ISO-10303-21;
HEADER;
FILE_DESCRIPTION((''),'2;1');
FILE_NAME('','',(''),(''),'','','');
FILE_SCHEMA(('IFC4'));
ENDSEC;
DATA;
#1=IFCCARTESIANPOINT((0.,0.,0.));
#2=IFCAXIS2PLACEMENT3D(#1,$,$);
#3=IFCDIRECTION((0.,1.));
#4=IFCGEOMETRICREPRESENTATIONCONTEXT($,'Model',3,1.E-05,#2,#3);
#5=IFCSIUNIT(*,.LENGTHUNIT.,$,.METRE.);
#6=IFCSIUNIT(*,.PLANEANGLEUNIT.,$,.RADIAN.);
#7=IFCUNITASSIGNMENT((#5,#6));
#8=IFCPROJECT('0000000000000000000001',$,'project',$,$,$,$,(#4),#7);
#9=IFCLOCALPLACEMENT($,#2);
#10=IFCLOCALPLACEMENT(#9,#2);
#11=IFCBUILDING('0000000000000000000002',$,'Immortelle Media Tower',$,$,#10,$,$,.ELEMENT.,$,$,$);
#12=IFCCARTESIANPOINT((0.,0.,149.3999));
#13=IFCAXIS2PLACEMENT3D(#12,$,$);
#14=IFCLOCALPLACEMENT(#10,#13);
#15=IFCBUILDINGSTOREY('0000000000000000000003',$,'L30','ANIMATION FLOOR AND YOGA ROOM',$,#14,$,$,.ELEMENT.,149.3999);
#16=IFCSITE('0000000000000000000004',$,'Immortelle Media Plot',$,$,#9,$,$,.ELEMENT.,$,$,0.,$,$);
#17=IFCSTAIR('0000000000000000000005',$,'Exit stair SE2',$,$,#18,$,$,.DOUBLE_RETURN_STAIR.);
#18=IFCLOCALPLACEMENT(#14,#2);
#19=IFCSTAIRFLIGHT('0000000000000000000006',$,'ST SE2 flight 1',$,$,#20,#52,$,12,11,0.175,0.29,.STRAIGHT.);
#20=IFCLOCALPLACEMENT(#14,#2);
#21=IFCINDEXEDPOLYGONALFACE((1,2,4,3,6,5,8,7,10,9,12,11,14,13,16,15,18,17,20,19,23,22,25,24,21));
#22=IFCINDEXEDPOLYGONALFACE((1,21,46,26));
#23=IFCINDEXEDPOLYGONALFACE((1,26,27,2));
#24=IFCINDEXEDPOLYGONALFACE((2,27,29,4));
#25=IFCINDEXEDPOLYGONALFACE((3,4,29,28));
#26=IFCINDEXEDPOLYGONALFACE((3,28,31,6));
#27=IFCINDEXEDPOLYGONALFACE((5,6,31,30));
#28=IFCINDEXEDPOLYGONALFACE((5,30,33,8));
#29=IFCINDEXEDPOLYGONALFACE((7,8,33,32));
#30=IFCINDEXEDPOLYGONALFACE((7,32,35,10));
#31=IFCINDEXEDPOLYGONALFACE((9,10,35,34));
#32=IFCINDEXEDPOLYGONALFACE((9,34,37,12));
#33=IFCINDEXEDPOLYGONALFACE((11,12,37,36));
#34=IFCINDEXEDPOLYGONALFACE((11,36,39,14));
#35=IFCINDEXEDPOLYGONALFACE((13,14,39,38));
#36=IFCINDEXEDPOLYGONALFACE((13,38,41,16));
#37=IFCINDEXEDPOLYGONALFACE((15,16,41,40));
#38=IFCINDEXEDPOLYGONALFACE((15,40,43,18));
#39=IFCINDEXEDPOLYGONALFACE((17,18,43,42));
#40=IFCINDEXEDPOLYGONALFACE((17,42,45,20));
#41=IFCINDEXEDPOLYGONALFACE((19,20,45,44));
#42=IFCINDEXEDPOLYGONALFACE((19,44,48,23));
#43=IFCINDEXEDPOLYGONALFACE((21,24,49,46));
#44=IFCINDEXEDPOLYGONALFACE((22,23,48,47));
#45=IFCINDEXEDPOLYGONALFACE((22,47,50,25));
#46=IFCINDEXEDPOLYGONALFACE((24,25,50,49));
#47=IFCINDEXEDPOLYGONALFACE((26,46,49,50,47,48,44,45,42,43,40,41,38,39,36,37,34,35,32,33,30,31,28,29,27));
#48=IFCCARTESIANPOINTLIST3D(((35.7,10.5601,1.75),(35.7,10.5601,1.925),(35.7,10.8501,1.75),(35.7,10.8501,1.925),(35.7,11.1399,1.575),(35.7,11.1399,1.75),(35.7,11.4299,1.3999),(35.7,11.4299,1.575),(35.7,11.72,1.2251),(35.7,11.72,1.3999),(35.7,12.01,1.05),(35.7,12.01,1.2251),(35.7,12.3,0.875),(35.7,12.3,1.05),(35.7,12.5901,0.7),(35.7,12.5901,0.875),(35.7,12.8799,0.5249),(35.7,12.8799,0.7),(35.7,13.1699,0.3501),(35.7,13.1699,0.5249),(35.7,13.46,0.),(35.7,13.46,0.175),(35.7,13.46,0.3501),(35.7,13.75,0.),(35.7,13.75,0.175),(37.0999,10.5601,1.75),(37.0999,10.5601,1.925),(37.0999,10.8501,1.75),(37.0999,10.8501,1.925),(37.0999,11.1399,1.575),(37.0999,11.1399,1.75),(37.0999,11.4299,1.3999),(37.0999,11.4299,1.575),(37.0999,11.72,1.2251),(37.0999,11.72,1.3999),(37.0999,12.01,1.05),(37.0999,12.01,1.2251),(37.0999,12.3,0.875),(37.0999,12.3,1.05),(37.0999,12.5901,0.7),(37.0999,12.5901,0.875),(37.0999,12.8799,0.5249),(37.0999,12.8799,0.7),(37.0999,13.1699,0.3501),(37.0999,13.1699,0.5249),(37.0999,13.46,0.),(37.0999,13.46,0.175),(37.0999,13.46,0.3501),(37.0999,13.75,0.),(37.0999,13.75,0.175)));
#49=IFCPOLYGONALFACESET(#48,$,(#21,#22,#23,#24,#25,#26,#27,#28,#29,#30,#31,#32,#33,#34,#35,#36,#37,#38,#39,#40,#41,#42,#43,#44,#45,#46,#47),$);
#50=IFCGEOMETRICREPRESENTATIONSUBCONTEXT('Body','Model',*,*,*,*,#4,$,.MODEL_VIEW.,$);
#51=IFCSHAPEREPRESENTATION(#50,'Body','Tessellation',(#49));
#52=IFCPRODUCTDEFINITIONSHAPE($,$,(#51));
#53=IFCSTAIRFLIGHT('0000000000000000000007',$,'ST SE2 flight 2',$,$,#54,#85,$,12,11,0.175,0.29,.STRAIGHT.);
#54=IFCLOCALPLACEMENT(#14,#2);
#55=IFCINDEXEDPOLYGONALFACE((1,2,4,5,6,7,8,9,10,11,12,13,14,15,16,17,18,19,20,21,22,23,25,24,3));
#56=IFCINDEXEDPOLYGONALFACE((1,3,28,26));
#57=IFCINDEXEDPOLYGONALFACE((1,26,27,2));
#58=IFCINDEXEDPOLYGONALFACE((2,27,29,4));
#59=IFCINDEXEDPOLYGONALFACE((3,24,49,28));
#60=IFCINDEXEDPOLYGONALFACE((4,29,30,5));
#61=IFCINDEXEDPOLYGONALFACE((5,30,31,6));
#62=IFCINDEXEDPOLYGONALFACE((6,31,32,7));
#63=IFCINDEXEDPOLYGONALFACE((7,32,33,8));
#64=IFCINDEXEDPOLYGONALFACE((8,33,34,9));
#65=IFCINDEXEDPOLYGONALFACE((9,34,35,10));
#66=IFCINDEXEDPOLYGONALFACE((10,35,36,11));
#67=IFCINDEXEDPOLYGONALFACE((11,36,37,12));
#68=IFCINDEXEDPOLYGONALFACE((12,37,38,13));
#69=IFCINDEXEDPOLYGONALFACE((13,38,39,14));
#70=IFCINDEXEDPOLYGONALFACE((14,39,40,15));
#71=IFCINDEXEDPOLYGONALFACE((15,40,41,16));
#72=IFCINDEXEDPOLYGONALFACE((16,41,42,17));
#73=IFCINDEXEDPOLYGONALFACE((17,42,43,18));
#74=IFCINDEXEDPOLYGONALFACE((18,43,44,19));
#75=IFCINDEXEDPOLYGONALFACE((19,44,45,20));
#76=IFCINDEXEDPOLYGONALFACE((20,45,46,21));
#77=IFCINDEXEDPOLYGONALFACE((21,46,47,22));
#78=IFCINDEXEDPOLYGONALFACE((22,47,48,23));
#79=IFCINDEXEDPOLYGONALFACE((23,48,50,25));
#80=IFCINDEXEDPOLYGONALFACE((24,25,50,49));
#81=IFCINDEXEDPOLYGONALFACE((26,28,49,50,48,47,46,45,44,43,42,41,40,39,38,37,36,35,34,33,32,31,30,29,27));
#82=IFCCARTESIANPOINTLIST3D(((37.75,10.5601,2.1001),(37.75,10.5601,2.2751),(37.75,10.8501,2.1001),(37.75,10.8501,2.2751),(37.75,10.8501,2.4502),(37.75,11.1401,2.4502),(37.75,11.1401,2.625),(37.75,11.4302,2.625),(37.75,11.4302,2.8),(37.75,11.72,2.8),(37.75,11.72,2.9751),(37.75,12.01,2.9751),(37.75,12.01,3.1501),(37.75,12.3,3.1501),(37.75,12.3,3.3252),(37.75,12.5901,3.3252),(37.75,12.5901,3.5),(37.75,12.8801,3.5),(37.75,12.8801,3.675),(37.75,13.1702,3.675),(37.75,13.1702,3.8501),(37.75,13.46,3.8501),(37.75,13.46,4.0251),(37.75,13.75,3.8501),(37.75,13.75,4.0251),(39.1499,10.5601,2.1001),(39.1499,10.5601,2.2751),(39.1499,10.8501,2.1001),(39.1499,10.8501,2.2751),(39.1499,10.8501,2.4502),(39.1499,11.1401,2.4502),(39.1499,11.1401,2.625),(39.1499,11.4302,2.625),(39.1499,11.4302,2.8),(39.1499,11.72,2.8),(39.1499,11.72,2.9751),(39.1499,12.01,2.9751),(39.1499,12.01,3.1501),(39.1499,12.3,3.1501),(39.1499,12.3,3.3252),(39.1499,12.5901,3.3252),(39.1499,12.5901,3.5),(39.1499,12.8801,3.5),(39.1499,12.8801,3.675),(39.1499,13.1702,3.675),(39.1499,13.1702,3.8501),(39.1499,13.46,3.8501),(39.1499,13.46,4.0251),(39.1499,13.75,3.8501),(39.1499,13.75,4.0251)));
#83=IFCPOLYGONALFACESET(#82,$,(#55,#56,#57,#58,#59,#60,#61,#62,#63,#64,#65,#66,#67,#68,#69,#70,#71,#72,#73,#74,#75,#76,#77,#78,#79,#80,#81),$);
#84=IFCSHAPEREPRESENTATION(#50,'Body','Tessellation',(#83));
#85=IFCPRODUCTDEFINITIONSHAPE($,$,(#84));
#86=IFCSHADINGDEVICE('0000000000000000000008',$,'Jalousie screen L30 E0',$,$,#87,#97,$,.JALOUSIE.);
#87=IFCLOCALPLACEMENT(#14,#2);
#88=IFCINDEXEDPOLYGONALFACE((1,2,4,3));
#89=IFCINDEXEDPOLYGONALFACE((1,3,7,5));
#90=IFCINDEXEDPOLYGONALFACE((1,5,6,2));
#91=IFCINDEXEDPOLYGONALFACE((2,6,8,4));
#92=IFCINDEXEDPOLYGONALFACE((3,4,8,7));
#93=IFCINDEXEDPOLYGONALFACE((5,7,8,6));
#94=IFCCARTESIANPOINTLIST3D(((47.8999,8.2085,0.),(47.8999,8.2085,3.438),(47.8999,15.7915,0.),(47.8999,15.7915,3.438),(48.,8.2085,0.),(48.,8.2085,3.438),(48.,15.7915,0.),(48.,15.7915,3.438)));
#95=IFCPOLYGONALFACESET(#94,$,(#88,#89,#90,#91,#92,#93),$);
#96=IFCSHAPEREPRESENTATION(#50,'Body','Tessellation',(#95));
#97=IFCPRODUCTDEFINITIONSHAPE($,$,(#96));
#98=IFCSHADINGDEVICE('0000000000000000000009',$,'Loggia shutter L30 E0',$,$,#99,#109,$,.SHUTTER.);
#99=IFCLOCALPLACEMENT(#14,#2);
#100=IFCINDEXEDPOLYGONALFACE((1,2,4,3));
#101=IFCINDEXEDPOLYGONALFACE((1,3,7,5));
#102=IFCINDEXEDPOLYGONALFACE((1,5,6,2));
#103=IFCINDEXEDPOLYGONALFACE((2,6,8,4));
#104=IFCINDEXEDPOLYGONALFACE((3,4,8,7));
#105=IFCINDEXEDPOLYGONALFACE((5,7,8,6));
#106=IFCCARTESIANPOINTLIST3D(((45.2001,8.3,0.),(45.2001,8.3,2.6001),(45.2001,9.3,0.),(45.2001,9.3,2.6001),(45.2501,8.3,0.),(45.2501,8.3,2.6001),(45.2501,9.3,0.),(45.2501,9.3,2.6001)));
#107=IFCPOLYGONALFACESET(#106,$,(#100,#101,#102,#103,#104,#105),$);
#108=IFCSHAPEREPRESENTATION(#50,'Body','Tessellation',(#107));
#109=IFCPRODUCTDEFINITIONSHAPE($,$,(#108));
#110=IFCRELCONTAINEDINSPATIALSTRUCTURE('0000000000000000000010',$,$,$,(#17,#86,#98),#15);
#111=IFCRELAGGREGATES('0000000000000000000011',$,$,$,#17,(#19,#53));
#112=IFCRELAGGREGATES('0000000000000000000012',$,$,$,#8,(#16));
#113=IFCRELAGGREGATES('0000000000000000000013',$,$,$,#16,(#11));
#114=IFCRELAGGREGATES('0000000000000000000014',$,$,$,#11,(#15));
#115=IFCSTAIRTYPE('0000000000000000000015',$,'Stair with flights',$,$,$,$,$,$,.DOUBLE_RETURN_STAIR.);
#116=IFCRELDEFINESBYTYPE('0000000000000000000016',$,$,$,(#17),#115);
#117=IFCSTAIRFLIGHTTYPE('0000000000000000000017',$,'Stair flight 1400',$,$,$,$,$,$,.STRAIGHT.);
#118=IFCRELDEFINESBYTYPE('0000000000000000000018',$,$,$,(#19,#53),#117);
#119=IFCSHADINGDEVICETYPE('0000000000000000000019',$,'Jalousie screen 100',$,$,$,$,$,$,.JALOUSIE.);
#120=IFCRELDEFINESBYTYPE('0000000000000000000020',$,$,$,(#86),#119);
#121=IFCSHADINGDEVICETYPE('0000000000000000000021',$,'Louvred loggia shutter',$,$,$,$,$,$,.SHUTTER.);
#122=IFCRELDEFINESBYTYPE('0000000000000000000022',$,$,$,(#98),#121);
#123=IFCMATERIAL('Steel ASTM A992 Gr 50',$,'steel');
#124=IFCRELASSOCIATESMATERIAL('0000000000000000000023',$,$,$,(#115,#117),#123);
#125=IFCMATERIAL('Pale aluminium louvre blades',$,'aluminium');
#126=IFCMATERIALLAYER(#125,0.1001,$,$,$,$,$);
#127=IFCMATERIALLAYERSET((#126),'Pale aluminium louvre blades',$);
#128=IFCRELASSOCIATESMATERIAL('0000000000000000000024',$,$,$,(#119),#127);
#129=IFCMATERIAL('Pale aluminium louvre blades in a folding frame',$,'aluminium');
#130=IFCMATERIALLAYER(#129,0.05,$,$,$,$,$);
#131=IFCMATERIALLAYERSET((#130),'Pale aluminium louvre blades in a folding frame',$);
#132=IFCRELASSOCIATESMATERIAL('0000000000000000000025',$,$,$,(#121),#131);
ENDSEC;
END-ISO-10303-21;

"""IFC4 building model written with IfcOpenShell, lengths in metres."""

from ifc_helpers import new_model, si_unit, direction, frame, origin, origin_2d, place, context, subcontext, project, spatial, polyline, rectangle, outline, extrude, material, layer, layer_set, type_object, element, aggregate, save


model = new_model("IFC4")

# Units and contexts
model_context = context("Model", 3, precision=1e-05, world=origin(), true_north=direction((0.0, 1.0)))
body_context = subcontext(model_context, "Body", "Model", "MODEL_VIEW")
ifc_project = project(units=[si_unit("LENGTHUNIT", "METRE"), si_unit("PLANEANGLEUNIT", "RADIAN")], contexts=[model_context])

# Site, building, storey
site_placement = place(None, origin())
site = spatial("IfcSite", under=ifc_project, at=site_placement, Name="Immortelle Media Plot", CompositionType="ELEMENT", RefElevation=0.0)
building_placement = place(site_placement, origin())
building = spatial("IfcBuilding", under=site, at=building_placement, Name="Immortelle Media Tower", CompositionType="ELEMENT")
storey_placement = place(building_placement, frame((0.0, 0.0, 149.3999)))
storey = spatial("IfcBuildingStorey", under=building, at=storey_placement, Name="L30", Description="ANIMATION FLOOR AND YOGA ROOM", CompositionType="ELEMENT", Elevation=149.3999)

# Shared definitions
ifc_material_1 = material(Name="Steel ASTM A992 Gr 50", Category="steel")

# Stair, stair flights
stair_type = type_object("IfcStairType", Name="Stair with flights", PredefinedType="DOUBLE_RETURN_STAIR", material=ifc_material_1)
stair_flight_type = type_object("IfcStairFlightType", Name="Stair flight 1400", PredefinedType="STRAIGHT", material=ifc_material_1)
stair_1_placement = place(storey_placement, origin())
stair_1 = element("IfcStair", 1, at=stair_1_placement, inside=storey, type_object=stair_type, Name="Exit stair SE2", PredefinedType="DOUBLE_RETURN_STAIR")
stair_flight_1_placement = place(storey_placement, frame((36.3999, 13.75, 0.0), z_axis=(0.0, 0.0, 1.0), x_axis=(0.0, -1.0, 0.0)))
stair_flight_1 = element("IfcStairFlight", 2, at=stair_flight_1_placement, type_object=stair_flight_type, Name="ST SE2 flight 1", NumberOfRisers=12, NumberOfTreads=11, PredefinedType="STRAIGHT", RiserHeight=0.175, TreadLength=0.29, context=body_context, shape_type="SweptSolid", body=[
    extrude(outline(polyline([(0.0, 0.0), (0.0, 0.175), (0.29, 0.175), (0.29, 0.3501), (0.5801, 0.3501), (0.5801, 0.5249), (0.8701, 0.5249), (0.8701, 0.7), (1.1599, 0.7), (1.1599, 0.875), (1.45, 0.875), (1.45, 1.05), (1.74, 1.05), (1.74, 1.2251), (2.03, 1.2251), (2.03, 1.3999), (2.3201, 1.3999), (2.3201, 1.575), (2.6101, 1.575), (2.6101, 1.75), (2.8999, 1.75), (2.8999, 1.925), (3.1899, 1.925), (3.1899, 2.1001), (3.1899, 1.75), (0.29, 0.0), (0.0, 0.0)])), frame((0.0, 0.7, 0.0), z_axis=(0.0, -1.0, 0.0), x_axis=(1.0, 0.0, 0.0)), (0.0, 0.0, 1.0), 1.3999),
])
stair_flight_2_placement = place(storey_placement, frame((38.45, 10.5601, 2.1001), z_axis=(0.0, 0.0, 1.0), x_axis=(0.0, 1.0, 0.0)))
stair_flight_2 = element("IfcStairFlight", 3, at=stair_flight_2_placement, type_object=stair_flight_type, Name="ST SE2 flight 2", NumberOfRisers=12, NumberOfTreads=11, PredefinedType="STRAIGHT", RiserHeight=0.175, TreadLength=0.29, context=body_context, shape_type="SweptSolid", body=[
    extrude(outline(polyline([(0.0, 0.0), (0.0, 0.175), (0.29, 0.175), (0.29, 0.3501), (0.5801, 0.3501), (0.5801, 0.5249), (0.8701, 0.5249), (0.8701, 0.7), (1.1599, 0.7), (1.1599, 0.875), (1.45, 0.875), (1.45, 1.05), (1.74, 1.05), (1.74, 1.2251), (2.03, 1.2251), (2.03, 1.3999), (2.3201, 1.3999), (2.3201, 1.575), (2.6101, 1.575), (2.6101, 1.75), (2.8999, 1.75), (2.8999, 1.925), (3.1899, 1.925), (3.1899, 2.1001), (3.1899, 1.75), (0.29, 0.0), (0.0, 0.0)])), frame((0.0, 0.7, 0.0), z_axis=(0.0, -1.0, 0.0), x_axis=(1.0, 0.0, 0.0)), (0.0, 0.0, 1.0), 1.3999),
])
aggregate(stair_1, [stair_flight_1, stair_flight_2])

# Shading devices
ifc_material_2 = material(Name="Pale aluminium louvre blades", Category="aluminium")
ifc_layer_1 = layer(ifc_material_2, 0.1001)
ifc_layer_set_1 = layer_set([ifc_layer_1], Name="Pale aluminium louvre blades")
shading_device_type_1 = type_object("IfcShadingDeviceType", Name="Jalousie screen 100", PredefinedType="JALOUSIE", material=ifc_layer_set_1)
shading_device_1_placement = place(storey_placement, frame((47.95, 12.0, 0.0), z_axis=(0.0, 0.0, 1.0), x_axis=(0.0, 1.0, 0.0)))
element("IfcShadingDevice", 4, at=shading_device_1_placement, inside=storey, type_object=shading_device_type_1, Name="Jalousie screen L30 E0", PredefinedType="JALOUSIE", context=body_context, shape_type="SweptSolid", body=[
    extrude(rectangle(XDim=7.583, YDim=0.1001, at=origin_2d()), origin(), (0.0, 0.0, 1.0), 3.438),
])
ifc_material_3 = material(Name="Pale aluminium louvre blades in a folding frame", Category="aluminium")
ifc_layer_2 = layer(ifc_material_3, 0.05)
ifc_layer_set_2 = layer_set([ifc_layer_2], Name="Pale aluminium louvre blades in a folding frame")
shading_device_type_2 = type_object("IfcShadingDeviceType", Name="Louvred loggia shutter", PredefinedType="SHUTTER", material=ifc_layer_set_2)
shading_device_2_placement = place(storey_placement, frame((45.2251, 8.8, 0.0), z_axis=(0.0, 0.0, 1.0), x_axis=(0.0, 1.0, 0.0)))
element("IfcShadingDevice", 5, at=shading_device_2_placement, inside=storey, type_object=shading_device_type_2, Name="Loggia shutter L30 E0", PredefinedType="SHUTTER", context=body_context, shape_type="SweptSolid", body=[
    extrude(rectangle(XDim=1.0, YDim=0.05, at=origin_2d()), origin(), (0.0, 0.0, 1.0), 2.6001),
])

save(model, "model.ifc")
